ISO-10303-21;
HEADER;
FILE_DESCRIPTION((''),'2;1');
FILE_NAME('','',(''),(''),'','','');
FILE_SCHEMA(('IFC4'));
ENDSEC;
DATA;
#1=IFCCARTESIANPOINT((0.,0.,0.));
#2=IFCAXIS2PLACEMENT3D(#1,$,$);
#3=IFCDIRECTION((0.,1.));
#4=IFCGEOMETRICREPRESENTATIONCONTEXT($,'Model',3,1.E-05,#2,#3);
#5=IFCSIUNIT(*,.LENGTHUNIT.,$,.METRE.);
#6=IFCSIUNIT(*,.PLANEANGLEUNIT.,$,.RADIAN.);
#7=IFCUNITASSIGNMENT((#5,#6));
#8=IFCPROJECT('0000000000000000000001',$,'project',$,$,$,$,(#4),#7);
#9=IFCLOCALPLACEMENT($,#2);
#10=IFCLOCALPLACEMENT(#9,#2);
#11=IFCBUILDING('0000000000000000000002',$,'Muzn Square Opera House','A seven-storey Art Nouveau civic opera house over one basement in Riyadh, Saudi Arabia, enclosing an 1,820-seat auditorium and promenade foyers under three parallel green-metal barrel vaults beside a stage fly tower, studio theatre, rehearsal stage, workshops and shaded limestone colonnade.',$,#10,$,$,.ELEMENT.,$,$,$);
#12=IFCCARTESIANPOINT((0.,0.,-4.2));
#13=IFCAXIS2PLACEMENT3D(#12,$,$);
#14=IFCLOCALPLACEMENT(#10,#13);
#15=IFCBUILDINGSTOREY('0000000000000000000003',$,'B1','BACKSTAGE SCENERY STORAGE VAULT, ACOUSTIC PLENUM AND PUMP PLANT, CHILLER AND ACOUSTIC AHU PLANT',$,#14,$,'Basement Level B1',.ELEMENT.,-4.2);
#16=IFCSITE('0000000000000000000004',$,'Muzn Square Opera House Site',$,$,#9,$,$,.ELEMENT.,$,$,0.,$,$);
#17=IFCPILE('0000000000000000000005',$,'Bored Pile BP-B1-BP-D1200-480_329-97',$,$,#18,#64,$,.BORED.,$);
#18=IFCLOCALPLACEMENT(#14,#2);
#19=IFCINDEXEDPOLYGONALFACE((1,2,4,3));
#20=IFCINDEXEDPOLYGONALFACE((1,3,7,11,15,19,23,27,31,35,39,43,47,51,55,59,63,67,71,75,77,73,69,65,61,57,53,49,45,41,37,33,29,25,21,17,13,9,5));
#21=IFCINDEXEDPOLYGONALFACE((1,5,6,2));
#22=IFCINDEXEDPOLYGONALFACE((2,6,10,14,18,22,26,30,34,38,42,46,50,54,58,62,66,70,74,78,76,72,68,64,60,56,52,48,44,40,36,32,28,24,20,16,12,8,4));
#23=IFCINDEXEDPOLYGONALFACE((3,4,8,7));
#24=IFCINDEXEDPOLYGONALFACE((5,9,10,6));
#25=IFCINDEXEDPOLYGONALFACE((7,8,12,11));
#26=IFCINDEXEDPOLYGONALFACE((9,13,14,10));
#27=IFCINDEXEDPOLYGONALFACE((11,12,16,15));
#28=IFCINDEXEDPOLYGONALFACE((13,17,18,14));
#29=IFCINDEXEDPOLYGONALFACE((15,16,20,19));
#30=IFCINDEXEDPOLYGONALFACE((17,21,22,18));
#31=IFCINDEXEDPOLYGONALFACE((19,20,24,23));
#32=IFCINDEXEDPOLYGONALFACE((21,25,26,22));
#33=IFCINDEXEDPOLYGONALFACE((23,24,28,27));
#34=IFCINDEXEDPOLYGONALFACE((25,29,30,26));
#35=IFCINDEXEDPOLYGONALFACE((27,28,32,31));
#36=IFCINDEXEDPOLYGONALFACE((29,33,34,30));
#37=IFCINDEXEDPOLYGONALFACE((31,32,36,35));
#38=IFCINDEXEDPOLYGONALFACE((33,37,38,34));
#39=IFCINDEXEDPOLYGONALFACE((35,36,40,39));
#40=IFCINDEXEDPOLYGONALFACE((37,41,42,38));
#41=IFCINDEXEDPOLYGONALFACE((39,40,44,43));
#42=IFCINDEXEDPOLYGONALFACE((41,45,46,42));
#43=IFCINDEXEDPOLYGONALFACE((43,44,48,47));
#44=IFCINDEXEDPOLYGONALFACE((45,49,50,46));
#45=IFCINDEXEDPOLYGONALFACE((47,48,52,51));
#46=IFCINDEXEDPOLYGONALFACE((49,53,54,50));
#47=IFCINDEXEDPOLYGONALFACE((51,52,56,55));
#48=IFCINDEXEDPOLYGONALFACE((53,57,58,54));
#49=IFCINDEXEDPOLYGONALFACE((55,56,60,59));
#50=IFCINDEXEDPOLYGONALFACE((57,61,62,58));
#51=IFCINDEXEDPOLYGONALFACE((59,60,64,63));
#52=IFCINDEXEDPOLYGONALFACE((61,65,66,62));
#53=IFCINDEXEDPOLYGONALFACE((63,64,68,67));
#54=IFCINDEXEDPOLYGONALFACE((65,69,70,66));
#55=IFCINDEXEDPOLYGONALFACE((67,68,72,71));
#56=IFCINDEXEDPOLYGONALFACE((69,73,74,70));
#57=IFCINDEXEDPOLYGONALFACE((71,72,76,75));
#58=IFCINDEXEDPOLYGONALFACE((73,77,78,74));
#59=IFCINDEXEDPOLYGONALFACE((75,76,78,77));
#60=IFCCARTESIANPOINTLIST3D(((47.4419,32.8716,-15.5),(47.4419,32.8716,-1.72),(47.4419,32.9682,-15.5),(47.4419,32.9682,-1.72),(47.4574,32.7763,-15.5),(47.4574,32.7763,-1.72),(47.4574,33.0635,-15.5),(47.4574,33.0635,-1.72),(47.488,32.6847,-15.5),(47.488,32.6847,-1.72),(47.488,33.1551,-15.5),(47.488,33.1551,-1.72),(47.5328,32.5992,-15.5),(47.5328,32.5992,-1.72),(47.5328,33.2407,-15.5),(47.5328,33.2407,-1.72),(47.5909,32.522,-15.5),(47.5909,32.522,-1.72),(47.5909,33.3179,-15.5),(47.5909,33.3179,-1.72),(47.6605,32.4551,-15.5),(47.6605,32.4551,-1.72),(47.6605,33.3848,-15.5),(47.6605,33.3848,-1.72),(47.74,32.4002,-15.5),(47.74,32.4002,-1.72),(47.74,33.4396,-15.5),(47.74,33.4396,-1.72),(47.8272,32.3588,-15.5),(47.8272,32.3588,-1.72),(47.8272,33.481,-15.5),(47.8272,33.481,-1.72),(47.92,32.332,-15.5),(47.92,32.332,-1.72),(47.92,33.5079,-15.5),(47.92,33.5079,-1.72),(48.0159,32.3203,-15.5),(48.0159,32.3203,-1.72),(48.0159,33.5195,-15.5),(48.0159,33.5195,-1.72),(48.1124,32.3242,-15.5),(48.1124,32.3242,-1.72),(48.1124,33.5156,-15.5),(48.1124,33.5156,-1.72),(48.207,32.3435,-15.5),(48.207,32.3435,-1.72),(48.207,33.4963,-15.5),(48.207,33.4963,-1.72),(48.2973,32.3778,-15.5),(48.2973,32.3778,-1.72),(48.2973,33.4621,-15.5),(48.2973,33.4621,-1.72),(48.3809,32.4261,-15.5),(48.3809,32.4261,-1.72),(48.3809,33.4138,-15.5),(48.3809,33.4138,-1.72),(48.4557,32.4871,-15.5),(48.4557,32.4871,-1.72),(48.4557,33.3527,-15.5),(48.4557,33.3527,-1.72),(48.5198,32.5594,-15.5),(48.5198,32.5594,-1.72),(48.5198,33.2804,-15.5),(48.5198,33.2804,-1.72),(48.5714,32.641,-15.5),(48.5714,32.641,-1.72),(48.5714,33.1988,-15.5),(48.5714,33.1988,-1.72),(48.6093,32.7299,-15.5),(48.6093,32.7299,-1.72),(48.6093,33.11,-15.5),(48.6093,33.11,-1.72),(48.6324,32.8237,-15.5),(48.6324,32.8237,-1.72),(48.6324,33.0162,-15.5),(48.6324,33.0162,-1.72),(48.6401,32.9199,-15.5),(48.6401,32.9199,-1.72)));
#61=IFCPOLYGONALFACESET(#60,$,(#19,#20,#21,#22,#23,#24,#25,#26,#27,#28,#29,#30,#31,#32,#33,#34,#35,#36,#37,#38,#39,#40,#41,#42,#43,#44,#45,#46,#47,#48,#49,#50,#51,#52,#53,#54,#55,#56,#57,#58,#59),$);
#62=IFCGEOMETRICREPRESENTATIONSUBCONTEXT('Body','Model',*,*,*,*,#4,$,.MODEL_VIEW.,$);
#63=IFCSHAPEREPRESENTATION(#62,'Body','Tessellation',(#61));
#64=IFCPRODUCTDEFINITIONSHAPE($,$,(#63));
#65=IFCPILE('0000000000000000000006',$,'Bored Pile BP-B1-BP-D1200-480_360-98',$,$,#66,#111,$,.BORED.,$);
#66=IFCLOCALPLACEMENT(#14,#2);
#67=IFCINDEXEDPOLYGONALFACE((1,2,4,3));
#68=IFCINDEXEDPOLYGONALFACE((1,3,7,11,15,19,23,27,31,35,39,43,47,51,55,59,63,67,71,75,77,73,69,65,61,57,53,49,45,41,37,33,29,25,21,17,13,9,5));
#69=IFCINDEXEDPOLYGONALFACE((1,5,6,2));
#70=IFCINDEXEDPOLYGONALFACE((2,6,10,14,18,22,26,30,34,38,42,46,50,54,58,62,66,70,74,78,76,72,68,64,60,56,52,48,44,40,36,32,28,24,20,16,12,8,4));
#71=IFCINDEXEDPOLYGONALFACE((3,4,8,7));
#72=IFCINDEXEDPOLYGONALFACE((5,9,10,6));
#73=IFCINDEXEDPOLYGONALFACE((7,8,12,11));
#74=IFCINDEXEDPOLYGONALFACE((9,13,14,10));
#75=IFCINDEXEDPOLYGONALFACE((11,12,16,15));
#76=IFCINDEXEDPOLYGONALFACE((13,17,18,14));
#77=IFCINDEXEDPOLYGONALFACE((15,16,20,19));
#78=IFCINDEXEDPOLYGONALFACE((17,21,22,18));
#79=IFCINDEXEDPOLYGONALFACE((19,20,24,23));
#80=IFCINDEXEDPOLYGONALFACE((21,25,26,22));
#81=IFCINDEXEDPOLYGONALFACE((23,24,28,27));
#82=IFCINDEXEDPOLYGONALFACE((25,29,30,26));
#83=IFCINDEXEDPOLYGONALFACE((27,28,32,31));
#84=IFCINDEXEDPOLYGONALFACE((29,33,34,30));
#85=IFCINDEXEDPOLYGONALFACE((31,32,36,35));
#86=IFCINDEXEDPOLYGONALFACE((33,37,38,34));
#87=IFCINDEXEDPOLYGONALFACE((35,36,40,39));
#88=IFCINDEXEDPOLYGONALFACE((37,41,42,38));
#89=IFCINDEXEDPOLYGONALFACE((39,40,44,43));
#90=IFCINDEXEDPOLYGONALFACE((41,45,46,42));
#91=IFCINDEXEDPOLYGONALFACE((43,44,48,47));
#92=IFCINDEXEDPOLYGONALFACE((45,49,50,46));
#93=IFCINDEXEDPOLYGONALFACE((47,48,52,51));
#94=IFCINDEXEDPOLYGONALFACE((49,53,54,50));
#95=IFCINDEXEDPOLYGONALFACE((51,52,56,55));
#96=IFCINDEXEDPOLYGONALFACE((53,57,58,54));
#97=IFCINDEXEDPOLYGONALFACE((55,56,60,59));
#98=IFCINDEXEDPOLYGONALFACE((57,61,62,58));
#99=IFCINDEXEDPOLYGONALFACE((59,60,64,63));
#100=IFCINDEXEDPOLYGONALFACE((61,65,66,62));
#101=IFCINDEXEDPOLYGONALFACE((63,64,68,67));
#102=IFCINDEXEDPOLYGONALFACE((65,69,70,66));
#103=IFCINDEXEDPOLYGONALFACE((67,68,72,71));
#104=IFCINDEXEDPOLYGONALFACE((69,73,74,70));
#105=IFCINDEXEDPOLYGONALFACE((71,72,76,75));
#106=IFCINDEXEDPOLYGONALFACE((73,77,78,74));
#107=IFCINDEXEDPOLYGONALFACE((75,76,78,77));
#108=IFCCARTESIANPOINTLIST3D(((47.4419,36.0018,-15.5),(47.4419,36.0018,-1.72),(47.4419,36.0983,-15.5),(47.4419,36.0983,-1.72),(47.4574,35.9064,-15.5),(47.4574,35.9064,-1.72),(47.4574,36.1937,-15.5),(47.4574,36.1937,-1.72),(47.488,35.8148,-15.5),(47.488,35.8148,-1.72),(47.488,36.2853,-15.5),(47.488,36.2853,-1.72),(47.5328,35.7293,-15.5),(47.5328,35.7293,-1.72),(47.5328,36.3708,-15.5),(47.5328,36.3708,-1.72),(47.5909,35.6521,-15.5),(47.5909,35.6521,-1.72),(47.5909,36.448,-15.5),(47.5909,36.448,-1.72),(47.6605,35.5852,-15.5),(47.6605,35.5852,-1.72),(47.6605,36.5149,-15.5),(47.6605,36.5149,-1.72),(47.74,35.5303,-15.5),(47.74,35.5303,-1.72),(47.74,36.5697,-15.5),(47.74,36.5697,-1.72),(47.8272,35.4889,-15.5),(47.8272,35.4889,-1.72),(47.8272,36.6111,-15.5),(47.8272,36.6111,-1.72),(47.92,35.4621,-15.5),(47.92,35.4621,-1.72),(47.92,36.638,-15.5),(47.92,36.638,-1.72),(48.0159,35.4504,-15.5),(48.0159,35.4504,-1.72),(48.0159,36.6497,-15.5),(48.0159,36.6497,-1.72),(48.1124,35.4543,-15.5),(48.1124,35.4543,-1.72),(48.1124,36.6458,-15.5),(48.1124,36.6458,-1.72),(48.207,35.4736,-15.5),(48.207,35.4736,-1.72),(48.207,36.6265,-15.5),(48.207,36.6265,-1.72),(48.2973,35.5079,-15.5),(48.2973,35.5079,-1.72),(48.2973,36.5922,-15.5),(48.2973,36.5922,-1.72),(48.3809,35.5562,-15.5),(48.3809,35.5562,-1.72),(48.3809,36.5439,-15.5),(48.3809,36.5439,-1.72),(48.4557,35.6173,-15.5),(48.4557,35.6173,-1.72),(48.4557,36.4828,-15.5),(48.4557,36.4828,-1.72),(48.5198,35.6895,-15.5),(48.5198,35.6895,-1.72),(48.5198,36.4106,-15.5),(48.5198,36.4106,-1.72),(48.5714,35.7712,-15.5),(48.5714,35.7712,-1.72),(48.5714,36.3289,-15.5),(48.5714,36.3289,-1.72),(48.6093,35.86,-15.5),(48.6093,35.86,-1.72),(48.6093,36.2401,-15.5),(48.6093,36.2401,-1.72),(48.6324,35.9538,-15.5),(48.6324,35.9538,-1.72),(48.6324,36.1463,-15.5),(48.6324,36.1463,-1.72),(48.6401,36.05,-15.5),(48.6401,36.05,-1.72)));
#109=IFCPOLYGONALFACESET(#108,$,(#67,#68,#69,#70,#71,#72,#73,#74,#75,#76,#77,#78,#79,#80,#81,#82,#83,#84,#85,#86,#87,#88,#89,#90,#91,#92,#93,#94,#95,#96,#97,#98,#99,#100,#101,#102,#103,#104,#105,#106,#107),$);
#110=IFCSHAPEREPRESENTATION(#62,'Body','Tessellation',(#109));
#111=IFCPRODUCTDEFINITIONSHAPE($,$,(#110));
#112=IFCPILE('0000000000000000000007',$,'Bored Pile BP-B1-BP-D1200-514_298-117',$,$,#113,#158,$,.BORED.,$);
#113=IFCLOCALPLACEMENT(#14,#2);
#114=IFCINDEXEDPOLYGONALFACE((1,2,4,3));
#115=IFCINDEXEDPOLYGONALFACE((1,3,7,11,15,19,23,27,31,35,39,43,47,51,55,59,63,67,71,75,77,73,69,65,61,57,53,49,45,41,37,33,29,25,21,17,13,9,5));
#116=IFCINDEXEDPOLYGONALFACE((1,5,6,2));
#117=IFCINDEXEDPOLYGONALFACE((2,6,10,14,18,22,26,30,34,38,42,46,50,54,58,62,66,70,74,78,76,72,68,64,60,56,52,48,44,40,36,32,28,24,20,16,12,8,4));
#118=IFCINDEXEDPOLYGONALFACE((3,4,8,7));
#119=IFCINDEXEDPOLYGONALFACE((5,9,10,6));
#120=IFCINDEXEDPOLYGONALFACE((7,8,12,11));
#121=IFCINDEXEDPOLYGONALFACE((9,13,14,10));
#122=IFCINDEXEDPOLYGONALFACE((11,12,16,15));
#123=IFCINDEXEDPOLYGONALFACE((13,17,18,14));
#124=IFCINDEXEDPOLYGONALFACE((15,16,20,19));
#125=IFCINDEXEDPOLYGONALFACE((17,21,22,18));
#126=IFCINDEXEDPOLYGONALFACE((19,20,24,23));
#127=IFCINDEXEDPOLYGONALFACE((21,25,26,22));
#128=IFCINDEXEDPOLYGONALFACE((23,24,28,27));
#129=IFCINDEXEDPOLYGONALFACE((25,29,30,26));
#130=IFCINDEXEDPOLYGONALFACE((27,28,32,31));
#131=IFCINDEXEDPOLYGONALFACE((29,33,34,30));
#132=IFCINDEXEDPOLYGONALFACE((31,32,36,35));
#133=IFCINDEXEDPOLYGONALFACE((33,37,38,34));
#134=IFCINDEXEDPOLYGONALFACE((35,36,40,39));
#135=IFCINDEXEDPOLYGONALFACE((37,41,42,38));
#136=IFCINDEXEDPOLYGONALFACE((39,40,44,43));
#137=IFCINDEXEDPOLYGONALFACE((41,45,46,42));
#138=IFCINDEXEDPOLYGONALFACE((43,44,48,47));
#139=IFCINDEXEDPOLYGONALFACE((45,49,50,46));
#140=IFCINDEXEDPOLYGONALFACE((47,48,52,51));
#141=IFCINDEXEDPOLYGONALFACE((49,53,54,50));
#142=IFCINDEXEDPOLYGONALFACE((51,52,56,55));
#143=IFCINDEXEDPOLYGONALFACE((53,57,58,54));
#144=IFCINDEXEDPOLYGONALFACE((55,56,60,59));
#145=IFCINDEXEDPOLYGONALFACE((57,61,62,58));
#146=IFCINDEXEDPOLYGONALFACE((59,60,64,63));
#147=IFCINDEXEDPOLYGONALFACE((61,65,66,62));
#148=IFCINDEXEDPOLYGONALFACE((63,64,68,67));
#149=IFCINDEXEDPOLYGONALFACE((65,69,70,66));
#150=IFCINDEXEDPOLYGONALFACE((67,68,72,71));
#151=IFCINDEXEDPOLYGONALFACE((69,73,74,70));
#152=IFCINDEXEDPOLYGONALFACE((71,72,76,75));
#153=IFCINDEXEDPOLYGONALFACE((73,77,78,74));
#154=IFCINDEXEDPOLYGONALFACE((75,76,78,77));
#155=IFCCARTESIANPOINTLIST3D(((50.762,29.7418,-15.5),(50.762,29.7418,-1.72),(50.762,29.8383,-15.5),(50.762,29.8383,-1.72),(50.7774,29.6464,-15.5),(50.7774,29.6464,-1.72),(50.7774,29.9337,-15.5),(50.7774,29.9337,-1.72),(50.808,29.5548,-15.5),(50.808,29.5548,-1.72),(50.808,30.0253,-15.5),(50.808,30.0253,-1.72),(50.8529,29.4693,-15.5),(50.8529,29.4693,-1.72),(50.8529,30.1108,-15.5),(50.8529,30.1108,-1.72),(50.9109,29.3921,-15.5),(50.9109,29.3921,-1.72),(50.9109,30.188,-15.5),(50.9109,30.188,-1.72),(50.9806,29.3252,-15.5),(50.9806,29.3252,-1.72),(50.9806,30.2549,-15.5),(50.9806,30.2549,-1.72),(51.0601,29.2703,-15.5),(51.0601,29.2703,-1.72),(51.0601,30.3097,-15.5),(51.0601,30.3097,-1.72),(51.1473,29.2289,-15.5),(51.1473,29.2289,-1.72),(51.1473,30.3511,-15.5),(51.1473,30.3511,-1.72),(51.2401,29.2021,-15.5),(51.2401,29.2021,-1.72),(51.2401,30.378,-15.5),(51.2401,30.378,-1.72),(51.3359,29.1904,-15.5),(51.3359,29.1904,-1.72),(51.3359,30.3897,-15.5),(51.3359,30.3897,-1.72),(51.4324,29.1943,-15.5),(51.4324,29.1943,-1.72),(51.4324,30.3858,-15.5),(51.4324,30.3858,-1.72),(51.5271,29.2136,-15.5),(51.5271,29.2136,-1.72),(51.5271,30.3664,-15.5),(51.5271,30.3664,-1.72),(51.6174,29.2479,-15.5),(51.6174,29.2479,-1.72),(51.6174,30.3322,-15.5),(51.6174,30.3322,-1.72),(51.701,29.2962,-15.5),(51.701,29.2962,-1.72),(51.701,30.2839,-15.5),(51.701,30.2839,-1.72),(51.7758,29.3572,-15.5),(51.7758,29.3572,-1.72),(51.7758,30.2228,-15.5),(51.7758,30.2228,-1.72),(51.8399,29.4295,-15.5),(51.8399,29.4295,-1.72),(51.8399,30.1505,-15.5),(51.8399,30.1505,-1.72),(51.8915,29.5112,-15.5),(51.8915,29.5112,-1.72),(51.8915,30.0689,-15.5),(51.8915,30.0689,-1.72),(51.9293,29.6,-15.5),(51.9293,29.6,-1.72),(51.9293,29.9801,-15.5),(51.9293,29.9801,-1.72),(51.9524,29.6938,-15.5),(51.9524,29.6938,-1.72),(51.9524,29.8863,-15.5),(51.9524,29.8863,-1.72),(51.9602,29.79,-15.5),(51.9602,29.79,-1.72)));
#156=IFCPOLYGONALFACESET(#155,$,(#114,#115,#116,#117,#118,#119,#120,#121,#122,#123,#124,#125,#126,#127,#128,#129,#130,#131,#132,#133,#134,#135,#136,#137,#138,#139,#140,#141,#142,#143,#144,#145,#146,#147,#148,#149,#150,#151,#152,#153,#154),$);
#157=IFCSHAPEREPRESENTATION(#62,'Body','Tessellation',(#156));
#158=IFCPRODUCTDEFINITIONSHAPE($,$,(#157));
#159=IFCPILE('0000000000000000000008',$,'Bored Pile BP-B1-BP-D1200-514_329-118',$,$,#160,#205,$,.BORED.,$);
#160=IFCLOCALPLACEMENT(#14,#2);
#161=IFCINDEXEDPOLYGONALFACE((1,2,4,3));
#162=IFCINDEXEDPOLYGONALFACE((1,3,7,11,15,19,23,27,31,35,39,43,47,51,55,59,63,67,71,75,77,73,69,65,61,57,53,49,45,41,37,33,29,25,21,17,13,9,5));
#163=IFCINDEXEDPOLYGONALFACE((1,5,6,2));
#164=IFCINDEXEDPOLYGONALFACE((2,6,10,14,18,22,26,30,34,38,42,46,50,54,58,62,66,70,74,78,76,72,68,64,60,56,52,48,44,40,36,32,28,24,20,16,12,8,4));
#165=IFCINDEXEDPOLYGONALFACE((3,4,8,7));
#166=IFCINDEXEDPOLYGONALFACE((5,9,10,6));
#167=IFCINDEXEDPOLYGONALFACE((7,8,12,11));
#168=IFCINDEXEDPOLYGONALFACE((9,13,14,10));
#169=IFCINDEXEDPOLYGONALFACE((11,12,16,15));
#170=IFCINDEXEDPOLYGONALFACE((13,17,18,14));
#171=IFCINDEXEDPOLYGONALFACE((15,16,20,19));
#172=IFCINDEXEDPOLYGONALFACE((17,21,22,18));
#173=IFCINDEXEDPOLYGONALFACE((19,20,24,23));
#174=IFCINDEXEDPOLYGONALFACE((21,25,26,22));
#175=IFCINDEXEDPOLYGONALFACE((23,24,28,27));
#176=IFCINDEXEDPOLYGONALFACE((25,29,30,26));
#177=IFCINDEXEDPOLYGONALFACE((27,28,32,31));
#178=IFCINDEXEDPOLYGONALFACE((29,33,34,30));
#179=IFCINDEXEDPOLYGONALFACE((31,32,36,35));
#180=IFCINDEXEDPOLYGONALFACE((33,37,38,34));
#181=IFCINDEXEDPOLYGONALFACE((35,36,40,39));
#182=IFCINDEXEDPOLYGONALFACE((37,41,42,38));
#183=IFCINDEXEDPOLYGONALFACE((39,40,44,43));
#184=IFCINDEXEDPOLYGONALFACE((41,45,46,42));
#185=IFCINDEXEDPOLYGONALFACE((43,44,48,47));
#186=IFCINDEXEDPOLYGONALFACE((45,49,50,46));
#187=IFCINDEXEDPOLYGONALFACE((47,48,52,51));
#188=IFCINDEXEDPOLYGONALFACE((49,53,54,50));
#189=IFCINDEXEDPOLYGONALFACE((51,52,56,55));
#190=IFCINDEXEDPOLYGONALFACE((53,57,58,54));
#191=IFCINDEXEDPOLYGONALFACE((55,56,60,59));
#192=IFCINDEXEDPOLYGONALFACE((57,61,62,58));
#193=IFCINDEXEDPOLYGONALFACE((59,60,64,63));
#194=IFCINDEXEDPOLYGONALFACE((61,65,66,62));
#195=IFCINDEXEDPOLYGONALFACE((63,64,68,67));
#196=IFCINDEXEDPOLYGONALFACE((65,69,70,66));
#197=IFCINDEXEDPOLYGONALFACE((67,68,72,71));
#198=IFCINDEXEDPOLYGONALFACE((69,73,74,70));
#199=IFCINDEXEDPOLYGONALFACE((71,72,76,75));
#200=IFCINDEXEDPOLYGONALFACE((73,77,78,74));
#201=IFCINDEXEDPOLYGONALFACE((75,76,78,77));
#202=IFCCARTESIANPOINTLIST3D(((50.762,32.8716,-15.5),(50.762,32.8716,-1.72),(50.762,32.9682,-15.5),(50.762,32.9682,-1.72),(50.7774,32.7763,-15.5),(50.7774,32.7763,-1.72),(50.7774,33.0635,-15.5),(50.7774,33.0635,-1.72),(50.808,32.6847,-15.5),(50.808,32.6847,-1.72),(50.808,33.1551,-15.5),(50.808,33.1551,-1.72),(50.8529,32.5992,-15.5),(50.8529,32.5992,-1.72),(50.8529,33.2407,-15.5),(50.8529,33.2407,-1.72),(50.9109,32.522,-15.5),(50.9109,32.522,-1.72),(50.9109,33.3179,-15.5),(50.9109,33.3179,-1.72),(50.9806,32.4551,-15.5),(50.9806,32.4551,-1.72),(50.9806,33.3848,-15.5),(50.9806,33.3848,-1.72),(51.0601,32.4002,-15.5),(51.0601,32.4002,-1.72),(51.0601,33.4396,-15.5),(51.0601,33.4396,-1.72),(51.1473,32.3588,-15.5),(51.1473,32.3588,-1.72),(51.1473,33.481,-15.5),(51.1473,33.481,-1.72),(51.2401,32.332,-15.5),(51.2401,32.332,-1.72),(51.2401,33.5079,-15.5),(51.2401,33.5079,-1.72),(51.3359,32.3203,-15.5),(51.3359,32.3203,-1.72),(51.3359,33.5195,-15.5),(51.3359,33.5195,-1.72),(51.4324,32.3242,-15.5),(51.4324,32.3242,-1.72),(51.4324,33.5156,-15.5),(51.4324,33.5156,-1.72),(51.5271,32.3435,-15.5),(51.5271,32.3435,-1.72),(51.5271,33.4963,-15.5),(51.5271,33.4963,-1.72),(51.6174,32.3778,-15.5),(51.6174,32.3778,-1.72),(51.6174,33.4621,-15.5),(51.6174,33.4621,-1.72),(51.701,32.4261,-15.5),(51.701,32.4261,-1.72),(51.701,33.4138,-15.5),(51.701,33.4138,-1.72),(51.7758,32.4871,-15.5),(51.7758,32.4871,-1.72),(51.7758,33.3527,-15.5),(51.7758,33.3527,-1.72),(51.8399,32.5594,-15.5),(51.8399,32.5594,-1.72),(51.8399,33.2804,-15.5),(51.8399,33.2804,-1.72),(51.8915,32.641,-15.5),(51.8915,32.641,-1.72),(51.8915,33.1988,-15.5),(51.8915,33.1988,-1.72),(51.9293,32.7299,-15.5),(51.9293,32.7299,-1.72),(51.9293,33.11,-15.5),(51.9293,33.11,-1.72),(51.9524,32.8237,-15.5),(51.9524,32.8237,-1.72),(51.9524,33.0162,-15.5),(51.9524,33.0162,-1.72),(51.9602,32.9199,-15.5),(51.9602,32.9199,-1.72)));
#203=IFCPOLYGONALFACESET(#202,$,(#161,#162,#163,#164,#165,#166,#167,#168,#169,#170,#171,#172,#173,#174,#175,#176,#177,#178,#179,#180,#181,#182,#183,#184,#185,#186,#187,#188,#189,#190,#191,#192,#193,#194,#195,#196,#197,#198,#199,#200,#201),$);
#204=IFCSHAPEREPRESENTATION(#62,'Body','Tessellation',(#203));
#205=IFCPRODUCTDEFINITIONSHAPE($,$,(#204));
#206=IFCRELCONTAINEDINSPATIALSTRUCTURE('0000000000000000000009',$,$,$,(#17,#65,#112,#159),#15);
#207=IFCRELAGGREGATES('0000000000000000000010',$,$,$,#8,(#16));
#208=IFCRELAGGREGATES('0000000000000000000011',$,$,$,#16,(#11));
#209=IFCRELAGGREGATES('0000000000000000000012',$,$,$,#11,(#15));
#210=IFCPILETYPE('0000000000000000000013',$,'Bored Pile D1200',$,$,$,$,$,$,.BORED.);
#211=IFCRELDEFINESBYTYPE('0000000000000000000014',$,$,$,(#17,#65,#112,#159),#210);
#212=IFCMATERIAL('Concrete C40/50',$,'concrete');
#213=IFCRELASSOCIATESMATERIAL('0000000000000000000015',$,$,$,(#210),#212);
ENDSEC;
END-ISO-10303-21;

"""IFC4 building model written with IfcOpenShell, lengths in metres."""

from ifc_helpers import new_model, si_unit, direction, frame, origin, origin_2d, place, context, subcontext, project, spatial, circle, extrude, material, material_profile, profile_set, type_object, element, save


model = new_model("IFC4")

# Units and contexts
model_context = context("Model", 3, precision=1e-05, world=origin(), true_north=direction((0.0, 1.0)))
body_context = subcontext(model_context, "Body", "Model", "MODEL_VIEW")
ifc_project = project(units=[si_unit("LENGTHUNIT", "METRE"), si_unit("PLANEANGLEUNIT", "RADIAN")], contexts=[model_context])

# Site, building, storey
site_placement = place(None, origin())
site = spatial("IfcSite", under=ifc_project, at=site_placement, Name="Muzn Square Opera House Site", CompositionType="ELEMENT", RefElevation=0.0)
building_placement = place(site_placement, origin())
building = spatial("IfcBuilding", under=site, at=building_placement, Name="Muzn Square Opera House", Description="A seven-storey Art Nouveau civic opera house over one basement in Riyadh, Saudi Arabia, enclosing an 1,820-seat auditorium and promenade foyers under three parallel green-metal barrel vaults beside a stage fly tower, studio theatre, rehearsal stage, workshops and shaded limestone colonnade.", CompositionType="ELEMENT")
storey_placement = place(building_placement, frame((0.0, 0.0, -4.2)))
storey = spatial("IfcBuildingStorey", under=building, at=storey_placement, Name="B1", Description="BACKSTAGE SCENERY STORAGE VAULT, ACOUSTIC PLENUM AND PUMP PLANT, CHILLER AND ACOUSTIC AHU PLANT", LongName="Basement Level B1", CompositionType="ELEMENT", Elevation=-4.2)

# Piles
ifc_material_1 = material(Name="Concrete C40/50", Category="concrete")
ifc_material_profile_1 = material_profile(ifc_material_1, circle(Radius=0.6001, at=origin_2d()), Name="BORED PILE D1200", Category="concrete")
ifc_profile_set_1 = profile_set([ifc_material_profile_1], Name="Concrete C40/50")
pile_type = type_object("IfcPileType", Name="Bored Pile D1200", PredefinedType="BORED", material=ifc_profile_set_1)
for number, where, z_axis, x_axis, name in (
    (1, (48.04, 32.9199, -1.72), (0.0, 0.0, -1.0), (1.0, 0.0, 0.0), "Bored Pile BP-B1-BP-D1200-480_329-97"),
    (2, (48.04, 36.05, -1.72), (0.0, 0.0, -1.0), (1.0, 0.0, 0.0), "Bored Pile BP-B1-BP-D1200-480_360-98"),
    (3, (51.3601, 29.79, -1.72), (0.0, 0.0, -1.0), (1.0, 0.0, 0.0), "Bored Pile BP-B1-BP-D1200-514_298-117"),
    (4, (51.3601, 32.9199, -1.72), (0.0, 0.0, -1.0), (1.0, 0.0, 0.0), "Bored Pile BP-B1-BP-D1200-514_329-118"),
):
    element("IfcPile", number, at=place(storey_placement, frame(where, z_axis=z_axis, x_axis=x_axis)), inside=storey, type_object=pile_type, Name=name, PredefinedType="BORED", context=body_context, shape_type="SweptSolid", body=[
        extrude(circle(Radius=0.6001, at=origin_2d()), origin(), (0.0, 0.0, 1.0), 13.78),
    ])

save(model, "model.ifc")
